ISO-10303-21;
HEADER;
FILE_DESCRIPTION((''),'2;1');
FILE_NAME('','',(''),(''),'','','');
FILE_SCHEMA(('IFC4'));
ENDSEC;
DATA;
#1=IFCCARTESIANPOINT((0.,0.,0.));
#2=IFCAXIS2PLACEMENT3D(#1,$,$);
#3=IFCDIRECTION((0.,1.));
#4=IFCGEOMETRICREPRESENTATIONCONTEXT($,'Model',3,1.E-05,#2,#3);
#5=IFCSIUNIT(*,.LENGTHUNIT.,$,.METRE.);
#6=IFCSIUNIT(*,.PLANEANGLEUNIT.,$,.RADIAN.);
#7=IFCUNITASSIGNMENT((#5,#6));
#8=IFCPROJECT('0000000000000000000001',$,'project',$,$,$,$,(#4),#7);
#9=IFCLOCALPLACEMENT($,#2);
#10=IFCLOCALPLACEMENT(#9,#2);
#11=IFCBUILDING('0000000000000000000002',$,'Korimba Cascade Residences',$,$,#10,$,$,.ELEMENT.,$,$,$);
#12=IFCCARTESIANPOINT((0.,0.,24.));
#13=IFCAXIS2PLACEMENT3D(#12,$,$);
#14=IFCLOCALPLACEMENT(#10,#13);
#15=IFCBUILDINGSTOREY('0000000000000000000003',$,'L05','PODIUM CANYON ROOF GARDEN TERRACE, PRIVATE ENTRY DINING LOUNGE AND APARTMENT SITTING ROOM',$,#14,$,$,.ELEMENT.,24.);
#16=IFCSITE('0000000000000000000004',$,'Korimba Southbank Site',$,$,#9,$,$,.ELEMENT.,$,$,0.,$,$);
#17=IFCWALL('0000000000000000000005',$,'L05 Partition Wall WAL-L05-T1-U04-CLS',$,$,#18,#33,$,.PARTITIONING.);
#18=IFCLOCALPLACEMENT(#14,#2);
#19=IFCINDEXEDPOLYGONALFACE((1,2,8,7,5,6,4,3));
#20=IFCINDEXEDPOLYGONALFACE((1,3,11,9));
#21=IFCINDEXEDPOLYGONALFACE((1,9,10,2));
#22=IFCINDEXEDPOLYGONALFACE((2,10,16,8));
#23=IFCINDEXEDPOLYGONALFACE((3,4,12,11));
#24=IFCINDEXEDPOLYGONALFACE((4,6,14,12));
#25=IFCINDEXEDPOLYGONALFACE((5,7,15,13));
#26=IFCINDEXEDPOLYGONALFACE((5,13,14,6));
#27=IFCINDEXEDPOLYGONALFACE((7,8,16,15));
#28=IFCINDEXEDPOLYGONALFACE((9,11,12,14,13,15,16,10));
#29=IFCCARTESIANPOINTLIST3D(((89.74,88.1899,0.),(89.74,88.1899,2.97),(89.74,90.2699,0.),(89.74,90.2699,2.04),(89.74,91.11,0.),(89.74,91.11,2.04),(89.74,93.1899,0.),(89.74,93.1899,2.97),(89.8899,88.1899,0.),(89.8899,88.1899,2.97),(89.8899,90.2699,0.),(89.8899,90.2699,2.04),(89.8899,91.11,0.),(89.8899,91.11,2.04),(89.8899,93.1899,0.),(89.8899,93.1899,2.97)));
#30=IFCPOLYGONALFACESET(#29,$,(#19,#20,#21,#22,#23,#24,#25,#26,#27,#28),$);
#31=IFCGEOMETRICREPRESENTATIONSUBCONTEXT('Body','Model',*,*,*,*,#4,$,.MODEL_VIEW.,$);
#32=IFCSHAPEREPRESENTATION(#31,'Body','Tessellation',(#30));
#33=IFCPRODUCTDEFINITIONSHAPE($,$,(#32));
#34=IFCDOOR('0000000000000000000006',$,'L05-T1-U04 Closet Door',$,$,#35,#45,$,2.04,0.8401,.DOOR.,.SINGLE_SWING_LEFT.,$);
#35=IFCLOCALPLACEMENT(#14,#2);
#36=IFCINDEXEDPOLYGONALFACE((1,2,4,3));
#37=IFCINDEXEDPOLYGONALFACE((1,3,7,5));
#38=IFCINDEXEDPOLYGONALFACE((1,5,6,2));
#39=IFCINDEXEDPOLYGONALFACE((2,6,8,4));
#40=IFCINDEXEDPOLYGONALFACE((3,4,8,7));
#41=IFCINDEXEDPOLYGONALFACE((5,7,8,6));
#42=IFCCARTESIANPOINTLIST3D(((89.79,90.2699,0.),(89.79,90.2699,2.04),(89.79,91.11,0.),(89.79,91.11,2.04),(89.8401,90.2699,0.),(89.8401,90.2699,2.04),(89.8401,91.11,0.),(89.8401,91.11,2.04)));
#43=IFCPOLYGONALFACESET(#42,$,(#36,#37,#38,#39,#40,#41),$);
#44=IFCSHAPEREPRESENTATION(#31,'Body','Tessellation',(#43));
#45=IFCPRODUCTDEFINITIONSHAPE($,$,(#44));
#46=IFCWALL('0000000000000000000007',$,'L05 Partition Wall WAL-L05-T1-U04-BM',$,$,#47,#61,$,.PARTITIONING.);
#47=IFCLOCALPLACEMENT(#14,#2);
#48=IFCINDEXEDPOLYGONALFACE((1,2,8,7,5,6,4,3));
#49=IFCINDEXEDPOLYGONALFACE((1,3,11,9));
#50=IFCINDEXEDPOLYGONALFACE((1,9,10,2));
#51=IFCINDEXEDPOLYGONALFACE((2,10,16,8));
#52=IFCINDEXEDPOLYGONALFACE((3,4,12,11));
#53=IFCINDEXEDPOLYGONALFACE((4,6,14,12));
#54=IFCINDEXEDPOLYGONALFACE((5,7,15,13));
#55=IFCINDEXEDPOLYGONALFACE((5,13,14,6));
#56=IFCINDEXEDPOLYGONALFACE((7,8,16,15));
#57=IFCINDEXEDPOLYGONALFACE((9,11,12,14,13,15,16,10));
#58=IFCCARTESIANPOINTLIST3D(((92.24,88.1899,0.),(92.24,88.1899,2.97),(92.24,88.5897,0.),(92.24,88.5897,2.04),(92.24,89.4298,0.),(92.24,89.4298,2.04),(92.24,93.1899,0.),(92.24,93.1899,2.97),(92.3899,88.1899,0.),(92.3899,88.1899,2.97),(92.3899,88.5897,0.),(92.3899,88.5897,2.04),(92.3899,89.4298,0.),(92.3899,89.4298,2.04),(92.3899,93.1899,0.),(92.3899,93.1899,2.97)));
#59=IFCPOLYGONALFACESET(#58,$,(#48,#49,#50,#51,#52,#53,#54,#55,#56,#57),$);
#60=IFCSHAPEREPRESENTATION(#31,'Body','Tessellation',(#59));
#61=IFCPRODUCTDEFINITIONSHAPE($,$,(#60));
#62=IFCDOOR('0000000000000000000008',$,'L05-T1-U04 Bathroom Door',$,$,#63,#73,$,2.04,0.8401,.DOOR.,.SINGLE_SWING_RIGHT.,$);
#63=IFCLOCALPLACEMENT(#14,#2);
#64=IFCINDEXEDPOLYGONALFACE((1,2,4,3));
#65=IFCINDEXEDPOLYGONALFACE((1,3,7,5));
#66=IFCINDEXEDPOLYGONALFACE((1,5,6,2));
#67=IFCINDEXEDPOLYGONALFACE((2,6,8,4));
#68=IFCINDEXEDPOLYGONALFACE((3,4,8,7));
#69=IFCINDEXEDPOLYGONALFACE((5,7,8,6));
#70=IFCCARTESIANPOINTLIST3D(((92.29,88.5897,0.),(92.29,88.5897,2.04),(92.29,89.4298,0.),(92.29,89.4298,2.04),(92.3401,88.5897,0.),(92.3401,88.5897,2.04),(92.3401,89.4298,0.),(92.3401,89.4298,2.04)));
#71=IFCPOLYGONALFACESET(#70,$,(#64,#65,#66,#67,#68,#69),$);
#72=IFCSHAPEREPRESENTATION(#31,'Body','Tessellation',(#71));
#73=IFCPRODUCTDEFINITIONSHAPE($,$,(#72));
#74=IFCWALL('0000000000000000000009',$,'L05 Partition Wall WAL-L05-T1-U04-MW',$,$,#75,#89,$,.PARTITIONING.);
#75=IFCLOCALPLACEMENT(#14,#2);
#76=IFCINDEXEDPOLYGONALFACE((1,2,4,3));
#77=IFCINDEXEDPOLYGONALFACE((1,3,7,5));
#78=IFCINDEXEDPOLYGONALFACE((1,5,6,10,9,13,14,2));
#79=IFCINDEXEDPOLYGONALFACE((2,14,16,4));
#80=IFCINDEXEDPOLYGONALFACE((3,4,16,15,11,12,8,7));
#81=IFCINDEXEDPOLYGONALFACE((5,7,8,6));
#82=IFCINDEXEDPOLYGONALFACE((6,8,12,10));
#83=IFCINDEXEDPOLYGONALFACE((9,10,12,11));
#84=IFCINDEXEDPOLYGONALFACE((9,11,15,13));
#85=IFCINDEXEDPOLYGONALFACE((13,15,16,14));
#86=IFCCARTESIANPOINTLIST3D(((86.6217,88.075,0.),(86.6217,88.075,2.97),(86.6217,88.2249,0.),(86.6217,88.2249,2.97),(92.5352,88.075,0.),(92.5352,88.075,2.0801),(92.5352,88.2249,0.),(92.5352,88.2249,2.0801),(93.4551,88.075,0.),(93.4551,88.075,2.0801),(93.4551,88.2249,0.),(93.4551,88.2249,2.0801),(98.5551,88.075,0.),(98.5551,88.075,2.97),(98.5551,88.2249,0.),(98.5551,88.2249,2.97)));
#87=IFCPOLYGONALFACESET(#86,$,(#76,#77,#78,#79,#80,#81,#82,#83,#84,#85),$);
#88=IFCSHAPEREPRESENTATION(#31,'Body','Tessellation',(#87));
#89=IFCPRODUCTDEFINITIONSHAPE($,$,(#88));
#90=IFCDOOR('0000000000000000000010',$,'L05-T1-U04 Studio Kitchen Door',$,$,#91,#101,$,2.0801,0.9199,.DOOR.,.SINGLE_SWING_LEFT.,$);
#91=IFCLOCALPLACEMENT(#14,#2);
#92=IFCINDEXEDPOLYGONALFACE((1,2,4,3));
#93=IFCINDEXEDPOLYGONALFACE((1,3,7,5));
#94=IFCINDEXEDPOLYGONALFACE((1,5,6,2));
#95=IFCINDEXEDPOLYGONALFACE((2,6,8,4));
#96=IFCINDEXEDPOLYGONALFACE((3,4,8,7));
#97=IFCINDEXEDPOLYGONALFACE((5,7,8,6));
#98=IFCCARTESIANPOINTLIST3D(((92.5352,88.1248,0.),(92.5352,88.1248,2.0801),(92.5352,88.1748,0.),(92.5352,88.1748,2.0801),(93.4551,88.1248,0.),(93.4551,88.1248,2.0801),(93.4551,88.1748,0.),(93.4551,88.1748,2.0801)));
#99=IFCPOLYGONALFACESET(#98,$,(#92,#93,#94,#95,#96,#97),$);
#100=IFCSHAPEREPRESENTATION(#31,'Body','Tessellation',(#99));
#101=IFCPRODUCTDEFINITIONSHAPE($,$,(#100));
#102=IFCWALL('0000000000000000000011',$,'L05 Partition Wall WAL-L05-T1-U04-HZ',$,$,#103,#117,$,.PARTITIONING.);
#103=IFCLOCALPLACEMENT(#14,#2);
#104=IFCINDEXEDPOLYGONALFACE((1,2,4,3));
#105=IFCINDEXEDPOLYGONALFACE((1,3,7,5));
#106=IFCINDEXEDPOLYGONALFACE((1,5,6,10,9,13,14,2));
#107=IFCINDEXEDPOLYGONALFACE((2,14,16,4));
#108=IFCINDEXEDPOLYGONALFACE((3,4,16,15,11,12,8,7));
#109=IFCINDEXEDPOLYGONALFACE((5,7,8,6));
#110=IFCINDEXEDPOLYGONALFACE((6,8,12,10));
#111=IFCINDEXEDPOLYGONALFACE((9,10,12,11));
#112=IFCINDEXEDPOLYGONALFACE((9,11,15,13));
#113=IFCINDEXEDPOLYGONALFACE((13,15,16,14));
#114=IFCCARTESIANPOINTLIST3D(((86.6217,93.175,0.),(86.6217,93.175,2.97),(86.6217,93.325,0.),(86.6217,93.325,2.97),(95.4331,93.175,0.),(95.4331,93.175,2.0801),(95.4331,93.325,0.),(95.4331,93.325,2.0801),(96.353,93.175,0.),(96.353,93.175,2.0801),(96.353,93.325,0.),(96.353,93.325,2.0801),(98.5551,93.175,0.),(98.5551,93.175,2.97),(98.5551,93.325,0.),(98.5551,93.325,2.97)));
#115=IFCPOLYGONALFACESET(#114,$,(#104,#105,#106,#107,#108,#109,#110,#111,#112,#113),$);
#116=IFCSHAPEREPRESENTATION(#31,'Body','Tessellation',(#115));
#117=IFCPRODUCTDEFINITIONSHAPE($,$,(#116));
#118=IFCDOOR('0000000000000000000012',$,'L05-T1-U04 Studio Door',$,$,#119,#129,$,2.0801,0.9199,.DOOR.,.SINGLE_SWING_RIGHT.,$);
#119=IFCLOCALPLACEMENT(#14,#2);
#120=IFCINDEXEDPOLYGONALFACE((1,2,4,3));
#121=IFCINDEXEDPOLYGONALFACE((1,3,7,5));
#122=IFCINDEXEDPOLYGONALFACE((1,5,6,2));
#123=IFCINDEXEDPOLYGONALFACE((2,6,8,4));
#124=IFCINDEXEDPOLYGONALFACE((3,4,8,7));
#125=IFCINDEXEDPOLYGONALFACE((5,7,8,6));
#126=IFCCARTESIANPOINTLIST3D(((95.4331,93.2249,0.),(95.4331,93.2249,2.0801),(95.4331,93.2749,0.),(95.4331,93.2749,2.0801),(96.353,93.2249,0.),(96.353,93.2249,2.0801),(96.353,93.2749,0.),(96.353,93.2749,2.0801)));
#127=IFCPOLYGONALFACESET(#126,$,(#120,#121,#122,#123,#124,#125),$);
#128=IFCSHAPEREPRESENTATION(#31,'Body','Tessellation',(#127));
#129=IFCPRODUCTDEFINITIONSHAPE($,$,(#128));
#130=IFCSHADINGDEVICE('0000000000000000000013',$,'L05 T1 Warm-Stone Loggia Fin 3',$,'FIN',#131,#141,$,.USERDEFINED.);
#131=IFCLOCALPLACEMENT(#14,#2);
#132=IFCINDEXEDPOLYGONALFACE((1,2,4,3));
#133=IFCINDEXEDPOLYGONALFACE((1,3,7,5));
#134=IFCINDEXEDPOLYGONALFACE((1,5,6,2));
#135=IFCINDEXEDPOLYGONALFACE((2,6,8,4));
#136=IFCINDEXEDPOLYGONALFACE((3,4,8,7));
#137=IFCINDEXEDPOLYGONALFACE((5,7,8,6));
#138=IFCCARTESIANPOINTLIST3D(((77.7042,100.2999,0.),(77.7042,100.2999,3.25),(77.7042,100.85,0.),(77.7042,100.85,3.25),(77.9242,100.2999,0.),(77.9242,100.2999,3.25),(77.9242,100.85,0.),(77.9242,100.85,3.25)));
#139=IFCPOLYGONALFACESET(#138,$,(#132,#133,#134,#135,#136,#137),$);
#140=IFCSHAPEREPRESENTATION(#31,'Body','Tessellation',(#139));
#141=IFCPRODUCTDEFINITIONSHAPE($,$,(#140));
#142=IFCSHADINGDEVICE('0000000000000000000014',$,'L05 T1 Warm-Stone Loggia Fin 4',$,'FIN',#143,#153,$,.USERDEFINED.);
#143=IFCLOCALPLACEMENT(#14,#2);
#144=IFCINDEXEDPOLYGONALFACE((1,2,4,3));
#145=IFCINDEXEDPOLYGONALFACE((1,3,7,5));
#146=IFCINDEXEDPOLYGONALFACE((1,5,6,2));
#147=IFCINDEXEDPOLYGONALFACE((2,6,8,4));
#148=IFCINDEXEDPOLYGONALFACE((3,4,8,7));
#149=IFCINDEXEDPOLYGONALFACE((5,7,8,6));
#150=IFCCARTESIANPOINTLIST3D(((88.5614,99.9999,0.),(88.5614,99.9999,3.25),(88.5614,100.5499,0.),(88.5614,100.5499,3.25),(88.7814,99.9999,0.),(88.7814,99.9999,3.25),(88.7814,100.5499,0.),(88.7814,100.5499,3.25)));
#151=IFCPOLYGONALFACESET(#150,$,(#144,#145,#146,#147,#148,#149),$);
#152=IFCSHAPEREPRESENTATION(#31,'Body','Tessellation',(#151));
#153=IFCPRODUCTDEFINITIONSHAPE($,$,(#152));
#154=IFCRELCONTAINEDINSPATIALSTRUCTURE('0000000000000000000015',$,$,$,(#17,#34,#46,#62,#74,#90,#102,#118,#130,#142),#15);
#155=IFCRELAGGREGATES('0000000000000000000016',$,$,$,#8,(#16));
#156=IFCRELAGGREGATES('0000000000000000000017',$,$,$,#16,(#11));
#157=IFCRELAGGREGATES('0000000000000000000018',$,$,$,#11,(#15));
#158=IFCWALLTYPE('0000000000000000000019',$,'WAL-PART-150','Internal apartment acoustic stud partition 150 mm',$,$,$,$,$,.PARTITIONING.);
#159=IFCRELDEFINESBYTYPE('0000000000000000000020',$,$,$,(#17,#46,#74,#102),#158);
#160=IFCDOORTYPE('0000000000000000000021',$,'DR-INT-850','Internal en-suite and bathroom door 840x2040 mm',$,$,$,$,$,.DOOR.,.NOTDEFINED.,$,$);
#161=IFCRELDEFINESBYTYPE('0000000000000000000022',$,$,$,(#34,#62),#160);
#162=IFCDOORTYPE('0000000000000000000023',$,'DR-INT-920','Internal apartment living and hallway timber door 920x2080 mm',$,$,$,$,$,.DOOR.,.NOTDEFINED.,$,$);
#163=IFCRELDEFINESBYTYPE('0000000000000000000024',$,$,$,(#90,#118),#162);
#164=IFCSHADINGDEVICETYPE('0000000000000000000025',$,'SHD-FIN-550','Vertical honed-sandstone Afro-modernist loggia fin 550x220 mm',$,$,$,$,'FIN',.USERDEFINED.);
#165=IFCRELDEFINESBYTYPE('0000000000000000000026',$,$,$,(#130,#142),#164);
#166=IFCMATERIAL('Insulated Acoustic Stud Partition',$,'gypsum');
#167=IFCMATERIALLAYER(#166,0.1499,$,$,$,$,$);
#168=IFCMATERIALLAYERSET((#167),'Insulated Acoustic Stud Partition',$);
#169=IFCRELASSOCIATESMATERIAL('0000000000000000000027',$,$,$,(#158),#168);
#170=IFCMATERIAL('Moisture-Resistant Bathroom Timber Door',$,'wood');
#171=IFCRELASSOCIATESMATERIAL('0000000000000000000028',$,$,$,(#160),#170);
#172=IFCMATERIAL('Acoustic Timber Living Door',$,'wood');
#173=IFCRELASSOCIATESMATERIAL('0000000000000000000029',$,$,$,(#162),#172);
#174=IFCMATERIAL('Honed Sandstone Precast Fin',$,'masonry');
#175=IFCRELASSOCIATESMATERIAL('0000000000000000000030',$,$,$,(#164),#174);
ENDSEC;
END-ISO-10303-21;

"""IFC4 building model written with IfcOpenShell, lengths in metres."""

from ifc_helpers import new_model, si_unit, direction, frame, frame_2d, origin, origin_2d, place, context, subcontext, project, spatial, rectangle, extrude, material, layer, layer_set, type_object, element, fill, save


model = new_model("IFC4")

# Units and contexts
model_context = context("Model", 3, precision=1e-05, world=origin(), true_north=direction((0.0, 1.0)))
body_context = subcontext(model_context, "Body", "Model", "MODEL_VIEW")
ifc_project = project(units=[si_unit("LENGTHUNIT", "METRE"), si_unit("PLANEANGLEUNIT", "RADIAN")], contexts=[model_context])

# Site, building, storey
site_placement = place(None, origin())
site = spatial("IfcSite", under=ifc_project, at=site_placement, Name="Korimba Southbank Site", CompositionType="ELEMENT", RefElevation=0.0)
building_placement = place(site_placement, origin())
building = spatial("IfcBuilding", under=site, at=building_placement, Name="Korimba Cascade Residences", CompositionType="ELEMENT")
storey_placement = place(building_placement, frame((0.0, 0.0, 24.0)))
storey = spatial("IfcBuildingStorey", under=building, at=storey_placement, Name="L05", Description="PODIUM CANYON ROOF GARDEN TERRACE, PRIVATE ENTRY DINING LOUNGE AND APARTMENT SITTING ROOM", CompositionType="ELEMENT", Elevation=24.0)

# Walls, openings, doors
ifc_material_1 = material(Name="Insulated Acoustic Stud Partition", Category="gypsum")
ifc_layer = layer(ifc_material_1, 0.1499)
ifc_layer_set = layer_set([ifc_layer], Name="Insulated Acoustic Stud Partition")
wall_type = type_object("IfcWallType", Name="WAL-PART-150", Description="Internal apartment acoustic stud partition 150 mm", PredefinedType="PARTITIONING", material=ifc_layer_set)
ifc_material_2 = material(Name="Moisture-Resistant Bathroom Timber Door", Category="wood")
door_type_1 = type_object("IfcDoorType", Name="DR-INT-850", Description="Internal en-suite and bathroom door 840x2040 mm", OperationType="NOTDEFINED", PredefinedType="DOOR", material=ifc_material_2)
ifc_material_3 = material(Name="Acoustic Timber Living Door", Category="wood")
door_type_2 = type_object("IfcDoorType", Name="DR-INT-920", Description="Internal apartment living and hallway timber door 920x2080 mm", OperationType="NOTDEFINED", PredefinedType="DOOR", material=ifc_material_3)
wall_1_placement = place(storey_placement, frame((89.8149, 88.1899, 0.0), z_axis=(0.0, 0.0, 1.0), x_axis=(0.0, 1.0, 0.0)))
wall_1 = element("IfcWall", 1, at=wall_1_placement, inside=storey, type_object=wall_type, Name="L05 Partition Wall WAL-L05-T1-U04-CLS", PredefinedType="PARTITIONING", context=body_context, shape_type="SweptSolid", body=[
    extrude(rectangle(XDim=5.0, YDim=0.1499, at=frame_2d((2.5, 0.0))), origin(), (0.0, 0.0, 1.0), 2.97),
])
opening_1_placement = place(wall_1_placement, frame((2.0801, 0.0, 0.0)))
opening_1 = element("IfcOpeningElement", 2, at=opening_1_placement, cuts=wall_1, PredefinedType="OPENING", context=body_context, shape_type="SweptSolid", body=[
    extrude(rectangle(XDim=0.8401, YDim=2.04, at=frame_2d((0.4199, 1.02))), frame((0.0, 0.085, 0.0), z_axis=(0.0, -1.0, 0.0), x_axis=(1.0, 0.0, 0.0)), (0.0, 0.0, 1.0), 0.1699),
])
door_1_placement = place(opening_1_placement, origin())
door_1 = element("IfcDoor", 3, at=door_1_placement, inside=storey, type_object=door_type_1, Name="L05-T1-U04 Closet Door", OperationType="SINGLE_SWING_LEFT", OverallHeight=2.04, OverallWidth=0.8401, PredefinedType="DOOR", context=body_context, shape_type="SweptSolid", body=[
    extrude(rectangle(XDim=0.8401, YDim=2.04, at=frame_2d((0.4199, 1.02))), frame((0.0, 0.0249, 0.0), z_axis=(0.0, -1.0, 0.0), x_axis=(1.0, 0.0, 0.0)), (0.0, 0.0, 1.0), 0.05),
])
fill(opening_1, door_1)
wall_2_placement = place(storey_placement, frame((92.3149, 88.1899, 0.0), z_axis=(0.0, 0.0, 1.0), x_axis=(0.0, 1.0, 0.0)))
wall_2 = element("IfcWall", 4, at=wall_2_placement, inside=storey, type_object=wall_type, Name="L05 Partition Wall WAL-L05-T1-U04-BM", PredefinedType="PARTITIONING", context=body_context, shape_type="SweptSolid", body=[
    extrude(rectangle(XDim=5.0, YDim=0.1499, at=frame_2d((2.5, 0.0))), origin(), (0.0, 0.0, 1.0), 2.97),
])
opening_2_placement = place(wall_2_placement, frame((0.3999, 0.0, 0.0)))
opening_2 = element("IfcOpeningElement", 5, at=opening_2_placement, cuts=wall_2, PredefinedType="OPENING", context=body_context, shape_type="SweptSolid", body=[
    extrude(rectangle(XDim=0.8401, YDim=2.04, at=frame_2d((0.4199, 1.02))), frame((0.0, 0.085, 0.0), z_axis=(0.0, -1.0, 0.0), x_axis=(1.0, 0.0, 0.0)), (0.0, 0.0, 1.0), 0.1699),
])
door_2_placement = place(opening_2_placement, origin())
door_2 = element("IfcDoor", 6, at=door_2_placement, inside=storey, type_object=door_type_1, Name="L05-T1-U04 Bathroom Door", OperationType="SINGLE_SWING_RIGHT", OverallHeight=2.04, OverallWidth=0.8401, PredefinedType="DOOR", context=body_context, shape_type="SweptSolid", body=[
    extrude(rectangle(XDim=0.8401, YDim=2.04, at=frame_2d((0.4199, 1.02))), frame((0.0, 0.0249, 0.0), z_axis=(0.0, -1.0, 0.0), x_axis=(1.0, 0.0, 0.0)), (0.0, 0.0, 1.0), 0.05),
])
fill(opening_2, door_2)
wall_3_placement = place(storey_placement, frame((86.6216, 88.1499, 0.0), z_axis=(0.0, 0.0, 1.0), x_axis=(1.0, 0.0, 0.0)))
wall_3 = element("IfcWall", 7, at=wall_3_placement, inside=storey, type_object=wall_type, Name="L05 Partition Wall WAL-L05-T1-U04-MW", PredefinedType="PARTITIONING", context=body_context, shape_type="SweptSolid", body=[
    extrude(rectangle(XDim=11.9333, YDim=0.1499, at=frame_2d((5.9668, 0.0))), origin(), (0.0, 0.0, 1.0), 2.97),
])
opening_3_placement = place(wall_3_placement, frame((5.9136, 0.0, 0.0)))
opening_3 = element("IfcOpeningElement", 8, at=opening_3_placement, cuts=wall_3, PredefinedType="OPENING", context=body_context, shape_type="SweptSolid", body=[
    extrude(rectangle(XDim=0.9199, YDim=2.0801, at=frame_2d((0.46, 1.04))), frame((0.0, 0.085, 0.0), z_axis=(0.0, -1.0, 0.0), x_axis=(1.0, 0.0, 0.0)), (0.0, 0.0, 1.0), 0.1699),
])
door_3_placement = place(opening_3_placement, origin())
door_3 = element("IfcDoor", 9, at=door_3_placement, inside=storey, type_object=door_type_2, Name="L05-T1-U04 Studio Kitchen Door", OperationType="SINGLE_SWING_LEFT", OverallHeight=2.0801, OverallWidth=0.9199, PredefinedType="DOOR", context=body_context, shape_type="SweptSolid", body=[
    extrude(rectangle(XDim=0.9199, YDim=2.0801, at=frame_2d((0.46, 1.04))), frame((0.0, 0.0249, 0.0), z_axis=(0.0, -1.0, 0.0), x_axis=(1.0, 0.0, 0.0)), (0.0, 0.0, 1.0), 0.05),
])
fill(opening_3, door_3)
wall_4_placement = place(storey_placement, frame((86.6216, 93.25, 0.0), z_axis=(0.0, 0.0, 1.0), x_axis=(1.0, 0.0, 0.0)))
wall_4 = element("IfcWall", 10, at=wall_4_placement, inside=storey, type_object=wall_type, Name="L05 Partition Wall WAL-L05-T1-U04-HZ", PredefinedType="PARTITIONING", context=body_context, shape_type="SweptSolid", body=[
    extrude(rectangle(XDim=11.9333, YDim=0.1499, at=frame_2d((5.9668, 0.0))), origin(), (0.0, 0.0, 1.0), 2.97),
])
opening_4_placement = place(wall_4_placement, frame((8.8115, 0.0, 0.0)))
opening_4 = element("IfcOpeningElement", 11, at=opening_4_placement, cuts=wall_4, PredefinedType="OPENING", context=body_context, shape_type="SweptSolid", body=[
    extrude(rectangle(XDim=0.9199, YDim=2.0801, at=frame_2d((0.46, 1.04))), frame((0.0, 0.085, 0.0), z_axis=(0.0, -1.0, 0.0), x_axis=(1.0, 0.0, 0.0)), (0.0, 0.0, 1.0), 0.1699),
])
door_4_placement = place(opening_4_placement, origin())
door_4 = element("IfcDoor", 12, at=door_4_placement, inside=storey, type_object=door_type_2, Name="L05-T1-U04 Studio Door", OperationType="SINGLE_SWING_RIGHT", OverallHeight=2.0801, OverallWidth=0.9199, PredefinedType="DOOR", context=body_context, shape_type="SweptSolid", body=[
    extrude(rectangle(XDim=0.9199, YDim=2.0801, at=frame_2d((0.46, 1.04))), frame((0.0, 0.0249, 0.0), z_axis=(0.0, -1.0, 0.0), x_axis=(1.0, 0.0, 0.0)), (0.0, 0.0, 1.0), 0.05),
])
fill(opening_4, door_4)

# Shading devices
ifc_material_4 = material(Name="Honed Sandstone Precast Fin", Category="masonry")
shading_device_type = type_object("IfcShadingDeviceType", Name="SHD-FIN-550", Description="Vertical honed-sandstone Afro-modernist loggia fin 550x220 mm", ElementType="FIN", PredefinedType="USERDEFINED", material=ifc_material_4)
for number, where, z_axis, x_axis, name in (
    (13, (77.8142, 100.575, 0.0), (0.0, 0.0, 1.0), (1.0, 0.0, 0.0), "L05 T1 Warm-Stone Loggia Fin 3"),
    (14, (88.6714, 100.2749, 0.0), (0.0, 0.0, 1.0), (1.0, 0.0, 0.0), "L05 T1 Warm-Stone Loggia Fin 4"),
):
    element("IfcShadingDevice", number, at=place(storey_placement, frame(where, z_axis=z_axis, x_axis=x_axis)), inside=storey, type_object=shading_device_type, Name=name, ObjectType="FIN", PredefinedType="USERDEFINED", context=body_context, shape_type="SweptSolid", body=[
        extrude(rectangle(XDim=0.22, YDim=0.55, at=origin_2d()), origin(), (0.0, 0.0, 1.0), 3.25),
    ])

save(model, "model.ifc")
